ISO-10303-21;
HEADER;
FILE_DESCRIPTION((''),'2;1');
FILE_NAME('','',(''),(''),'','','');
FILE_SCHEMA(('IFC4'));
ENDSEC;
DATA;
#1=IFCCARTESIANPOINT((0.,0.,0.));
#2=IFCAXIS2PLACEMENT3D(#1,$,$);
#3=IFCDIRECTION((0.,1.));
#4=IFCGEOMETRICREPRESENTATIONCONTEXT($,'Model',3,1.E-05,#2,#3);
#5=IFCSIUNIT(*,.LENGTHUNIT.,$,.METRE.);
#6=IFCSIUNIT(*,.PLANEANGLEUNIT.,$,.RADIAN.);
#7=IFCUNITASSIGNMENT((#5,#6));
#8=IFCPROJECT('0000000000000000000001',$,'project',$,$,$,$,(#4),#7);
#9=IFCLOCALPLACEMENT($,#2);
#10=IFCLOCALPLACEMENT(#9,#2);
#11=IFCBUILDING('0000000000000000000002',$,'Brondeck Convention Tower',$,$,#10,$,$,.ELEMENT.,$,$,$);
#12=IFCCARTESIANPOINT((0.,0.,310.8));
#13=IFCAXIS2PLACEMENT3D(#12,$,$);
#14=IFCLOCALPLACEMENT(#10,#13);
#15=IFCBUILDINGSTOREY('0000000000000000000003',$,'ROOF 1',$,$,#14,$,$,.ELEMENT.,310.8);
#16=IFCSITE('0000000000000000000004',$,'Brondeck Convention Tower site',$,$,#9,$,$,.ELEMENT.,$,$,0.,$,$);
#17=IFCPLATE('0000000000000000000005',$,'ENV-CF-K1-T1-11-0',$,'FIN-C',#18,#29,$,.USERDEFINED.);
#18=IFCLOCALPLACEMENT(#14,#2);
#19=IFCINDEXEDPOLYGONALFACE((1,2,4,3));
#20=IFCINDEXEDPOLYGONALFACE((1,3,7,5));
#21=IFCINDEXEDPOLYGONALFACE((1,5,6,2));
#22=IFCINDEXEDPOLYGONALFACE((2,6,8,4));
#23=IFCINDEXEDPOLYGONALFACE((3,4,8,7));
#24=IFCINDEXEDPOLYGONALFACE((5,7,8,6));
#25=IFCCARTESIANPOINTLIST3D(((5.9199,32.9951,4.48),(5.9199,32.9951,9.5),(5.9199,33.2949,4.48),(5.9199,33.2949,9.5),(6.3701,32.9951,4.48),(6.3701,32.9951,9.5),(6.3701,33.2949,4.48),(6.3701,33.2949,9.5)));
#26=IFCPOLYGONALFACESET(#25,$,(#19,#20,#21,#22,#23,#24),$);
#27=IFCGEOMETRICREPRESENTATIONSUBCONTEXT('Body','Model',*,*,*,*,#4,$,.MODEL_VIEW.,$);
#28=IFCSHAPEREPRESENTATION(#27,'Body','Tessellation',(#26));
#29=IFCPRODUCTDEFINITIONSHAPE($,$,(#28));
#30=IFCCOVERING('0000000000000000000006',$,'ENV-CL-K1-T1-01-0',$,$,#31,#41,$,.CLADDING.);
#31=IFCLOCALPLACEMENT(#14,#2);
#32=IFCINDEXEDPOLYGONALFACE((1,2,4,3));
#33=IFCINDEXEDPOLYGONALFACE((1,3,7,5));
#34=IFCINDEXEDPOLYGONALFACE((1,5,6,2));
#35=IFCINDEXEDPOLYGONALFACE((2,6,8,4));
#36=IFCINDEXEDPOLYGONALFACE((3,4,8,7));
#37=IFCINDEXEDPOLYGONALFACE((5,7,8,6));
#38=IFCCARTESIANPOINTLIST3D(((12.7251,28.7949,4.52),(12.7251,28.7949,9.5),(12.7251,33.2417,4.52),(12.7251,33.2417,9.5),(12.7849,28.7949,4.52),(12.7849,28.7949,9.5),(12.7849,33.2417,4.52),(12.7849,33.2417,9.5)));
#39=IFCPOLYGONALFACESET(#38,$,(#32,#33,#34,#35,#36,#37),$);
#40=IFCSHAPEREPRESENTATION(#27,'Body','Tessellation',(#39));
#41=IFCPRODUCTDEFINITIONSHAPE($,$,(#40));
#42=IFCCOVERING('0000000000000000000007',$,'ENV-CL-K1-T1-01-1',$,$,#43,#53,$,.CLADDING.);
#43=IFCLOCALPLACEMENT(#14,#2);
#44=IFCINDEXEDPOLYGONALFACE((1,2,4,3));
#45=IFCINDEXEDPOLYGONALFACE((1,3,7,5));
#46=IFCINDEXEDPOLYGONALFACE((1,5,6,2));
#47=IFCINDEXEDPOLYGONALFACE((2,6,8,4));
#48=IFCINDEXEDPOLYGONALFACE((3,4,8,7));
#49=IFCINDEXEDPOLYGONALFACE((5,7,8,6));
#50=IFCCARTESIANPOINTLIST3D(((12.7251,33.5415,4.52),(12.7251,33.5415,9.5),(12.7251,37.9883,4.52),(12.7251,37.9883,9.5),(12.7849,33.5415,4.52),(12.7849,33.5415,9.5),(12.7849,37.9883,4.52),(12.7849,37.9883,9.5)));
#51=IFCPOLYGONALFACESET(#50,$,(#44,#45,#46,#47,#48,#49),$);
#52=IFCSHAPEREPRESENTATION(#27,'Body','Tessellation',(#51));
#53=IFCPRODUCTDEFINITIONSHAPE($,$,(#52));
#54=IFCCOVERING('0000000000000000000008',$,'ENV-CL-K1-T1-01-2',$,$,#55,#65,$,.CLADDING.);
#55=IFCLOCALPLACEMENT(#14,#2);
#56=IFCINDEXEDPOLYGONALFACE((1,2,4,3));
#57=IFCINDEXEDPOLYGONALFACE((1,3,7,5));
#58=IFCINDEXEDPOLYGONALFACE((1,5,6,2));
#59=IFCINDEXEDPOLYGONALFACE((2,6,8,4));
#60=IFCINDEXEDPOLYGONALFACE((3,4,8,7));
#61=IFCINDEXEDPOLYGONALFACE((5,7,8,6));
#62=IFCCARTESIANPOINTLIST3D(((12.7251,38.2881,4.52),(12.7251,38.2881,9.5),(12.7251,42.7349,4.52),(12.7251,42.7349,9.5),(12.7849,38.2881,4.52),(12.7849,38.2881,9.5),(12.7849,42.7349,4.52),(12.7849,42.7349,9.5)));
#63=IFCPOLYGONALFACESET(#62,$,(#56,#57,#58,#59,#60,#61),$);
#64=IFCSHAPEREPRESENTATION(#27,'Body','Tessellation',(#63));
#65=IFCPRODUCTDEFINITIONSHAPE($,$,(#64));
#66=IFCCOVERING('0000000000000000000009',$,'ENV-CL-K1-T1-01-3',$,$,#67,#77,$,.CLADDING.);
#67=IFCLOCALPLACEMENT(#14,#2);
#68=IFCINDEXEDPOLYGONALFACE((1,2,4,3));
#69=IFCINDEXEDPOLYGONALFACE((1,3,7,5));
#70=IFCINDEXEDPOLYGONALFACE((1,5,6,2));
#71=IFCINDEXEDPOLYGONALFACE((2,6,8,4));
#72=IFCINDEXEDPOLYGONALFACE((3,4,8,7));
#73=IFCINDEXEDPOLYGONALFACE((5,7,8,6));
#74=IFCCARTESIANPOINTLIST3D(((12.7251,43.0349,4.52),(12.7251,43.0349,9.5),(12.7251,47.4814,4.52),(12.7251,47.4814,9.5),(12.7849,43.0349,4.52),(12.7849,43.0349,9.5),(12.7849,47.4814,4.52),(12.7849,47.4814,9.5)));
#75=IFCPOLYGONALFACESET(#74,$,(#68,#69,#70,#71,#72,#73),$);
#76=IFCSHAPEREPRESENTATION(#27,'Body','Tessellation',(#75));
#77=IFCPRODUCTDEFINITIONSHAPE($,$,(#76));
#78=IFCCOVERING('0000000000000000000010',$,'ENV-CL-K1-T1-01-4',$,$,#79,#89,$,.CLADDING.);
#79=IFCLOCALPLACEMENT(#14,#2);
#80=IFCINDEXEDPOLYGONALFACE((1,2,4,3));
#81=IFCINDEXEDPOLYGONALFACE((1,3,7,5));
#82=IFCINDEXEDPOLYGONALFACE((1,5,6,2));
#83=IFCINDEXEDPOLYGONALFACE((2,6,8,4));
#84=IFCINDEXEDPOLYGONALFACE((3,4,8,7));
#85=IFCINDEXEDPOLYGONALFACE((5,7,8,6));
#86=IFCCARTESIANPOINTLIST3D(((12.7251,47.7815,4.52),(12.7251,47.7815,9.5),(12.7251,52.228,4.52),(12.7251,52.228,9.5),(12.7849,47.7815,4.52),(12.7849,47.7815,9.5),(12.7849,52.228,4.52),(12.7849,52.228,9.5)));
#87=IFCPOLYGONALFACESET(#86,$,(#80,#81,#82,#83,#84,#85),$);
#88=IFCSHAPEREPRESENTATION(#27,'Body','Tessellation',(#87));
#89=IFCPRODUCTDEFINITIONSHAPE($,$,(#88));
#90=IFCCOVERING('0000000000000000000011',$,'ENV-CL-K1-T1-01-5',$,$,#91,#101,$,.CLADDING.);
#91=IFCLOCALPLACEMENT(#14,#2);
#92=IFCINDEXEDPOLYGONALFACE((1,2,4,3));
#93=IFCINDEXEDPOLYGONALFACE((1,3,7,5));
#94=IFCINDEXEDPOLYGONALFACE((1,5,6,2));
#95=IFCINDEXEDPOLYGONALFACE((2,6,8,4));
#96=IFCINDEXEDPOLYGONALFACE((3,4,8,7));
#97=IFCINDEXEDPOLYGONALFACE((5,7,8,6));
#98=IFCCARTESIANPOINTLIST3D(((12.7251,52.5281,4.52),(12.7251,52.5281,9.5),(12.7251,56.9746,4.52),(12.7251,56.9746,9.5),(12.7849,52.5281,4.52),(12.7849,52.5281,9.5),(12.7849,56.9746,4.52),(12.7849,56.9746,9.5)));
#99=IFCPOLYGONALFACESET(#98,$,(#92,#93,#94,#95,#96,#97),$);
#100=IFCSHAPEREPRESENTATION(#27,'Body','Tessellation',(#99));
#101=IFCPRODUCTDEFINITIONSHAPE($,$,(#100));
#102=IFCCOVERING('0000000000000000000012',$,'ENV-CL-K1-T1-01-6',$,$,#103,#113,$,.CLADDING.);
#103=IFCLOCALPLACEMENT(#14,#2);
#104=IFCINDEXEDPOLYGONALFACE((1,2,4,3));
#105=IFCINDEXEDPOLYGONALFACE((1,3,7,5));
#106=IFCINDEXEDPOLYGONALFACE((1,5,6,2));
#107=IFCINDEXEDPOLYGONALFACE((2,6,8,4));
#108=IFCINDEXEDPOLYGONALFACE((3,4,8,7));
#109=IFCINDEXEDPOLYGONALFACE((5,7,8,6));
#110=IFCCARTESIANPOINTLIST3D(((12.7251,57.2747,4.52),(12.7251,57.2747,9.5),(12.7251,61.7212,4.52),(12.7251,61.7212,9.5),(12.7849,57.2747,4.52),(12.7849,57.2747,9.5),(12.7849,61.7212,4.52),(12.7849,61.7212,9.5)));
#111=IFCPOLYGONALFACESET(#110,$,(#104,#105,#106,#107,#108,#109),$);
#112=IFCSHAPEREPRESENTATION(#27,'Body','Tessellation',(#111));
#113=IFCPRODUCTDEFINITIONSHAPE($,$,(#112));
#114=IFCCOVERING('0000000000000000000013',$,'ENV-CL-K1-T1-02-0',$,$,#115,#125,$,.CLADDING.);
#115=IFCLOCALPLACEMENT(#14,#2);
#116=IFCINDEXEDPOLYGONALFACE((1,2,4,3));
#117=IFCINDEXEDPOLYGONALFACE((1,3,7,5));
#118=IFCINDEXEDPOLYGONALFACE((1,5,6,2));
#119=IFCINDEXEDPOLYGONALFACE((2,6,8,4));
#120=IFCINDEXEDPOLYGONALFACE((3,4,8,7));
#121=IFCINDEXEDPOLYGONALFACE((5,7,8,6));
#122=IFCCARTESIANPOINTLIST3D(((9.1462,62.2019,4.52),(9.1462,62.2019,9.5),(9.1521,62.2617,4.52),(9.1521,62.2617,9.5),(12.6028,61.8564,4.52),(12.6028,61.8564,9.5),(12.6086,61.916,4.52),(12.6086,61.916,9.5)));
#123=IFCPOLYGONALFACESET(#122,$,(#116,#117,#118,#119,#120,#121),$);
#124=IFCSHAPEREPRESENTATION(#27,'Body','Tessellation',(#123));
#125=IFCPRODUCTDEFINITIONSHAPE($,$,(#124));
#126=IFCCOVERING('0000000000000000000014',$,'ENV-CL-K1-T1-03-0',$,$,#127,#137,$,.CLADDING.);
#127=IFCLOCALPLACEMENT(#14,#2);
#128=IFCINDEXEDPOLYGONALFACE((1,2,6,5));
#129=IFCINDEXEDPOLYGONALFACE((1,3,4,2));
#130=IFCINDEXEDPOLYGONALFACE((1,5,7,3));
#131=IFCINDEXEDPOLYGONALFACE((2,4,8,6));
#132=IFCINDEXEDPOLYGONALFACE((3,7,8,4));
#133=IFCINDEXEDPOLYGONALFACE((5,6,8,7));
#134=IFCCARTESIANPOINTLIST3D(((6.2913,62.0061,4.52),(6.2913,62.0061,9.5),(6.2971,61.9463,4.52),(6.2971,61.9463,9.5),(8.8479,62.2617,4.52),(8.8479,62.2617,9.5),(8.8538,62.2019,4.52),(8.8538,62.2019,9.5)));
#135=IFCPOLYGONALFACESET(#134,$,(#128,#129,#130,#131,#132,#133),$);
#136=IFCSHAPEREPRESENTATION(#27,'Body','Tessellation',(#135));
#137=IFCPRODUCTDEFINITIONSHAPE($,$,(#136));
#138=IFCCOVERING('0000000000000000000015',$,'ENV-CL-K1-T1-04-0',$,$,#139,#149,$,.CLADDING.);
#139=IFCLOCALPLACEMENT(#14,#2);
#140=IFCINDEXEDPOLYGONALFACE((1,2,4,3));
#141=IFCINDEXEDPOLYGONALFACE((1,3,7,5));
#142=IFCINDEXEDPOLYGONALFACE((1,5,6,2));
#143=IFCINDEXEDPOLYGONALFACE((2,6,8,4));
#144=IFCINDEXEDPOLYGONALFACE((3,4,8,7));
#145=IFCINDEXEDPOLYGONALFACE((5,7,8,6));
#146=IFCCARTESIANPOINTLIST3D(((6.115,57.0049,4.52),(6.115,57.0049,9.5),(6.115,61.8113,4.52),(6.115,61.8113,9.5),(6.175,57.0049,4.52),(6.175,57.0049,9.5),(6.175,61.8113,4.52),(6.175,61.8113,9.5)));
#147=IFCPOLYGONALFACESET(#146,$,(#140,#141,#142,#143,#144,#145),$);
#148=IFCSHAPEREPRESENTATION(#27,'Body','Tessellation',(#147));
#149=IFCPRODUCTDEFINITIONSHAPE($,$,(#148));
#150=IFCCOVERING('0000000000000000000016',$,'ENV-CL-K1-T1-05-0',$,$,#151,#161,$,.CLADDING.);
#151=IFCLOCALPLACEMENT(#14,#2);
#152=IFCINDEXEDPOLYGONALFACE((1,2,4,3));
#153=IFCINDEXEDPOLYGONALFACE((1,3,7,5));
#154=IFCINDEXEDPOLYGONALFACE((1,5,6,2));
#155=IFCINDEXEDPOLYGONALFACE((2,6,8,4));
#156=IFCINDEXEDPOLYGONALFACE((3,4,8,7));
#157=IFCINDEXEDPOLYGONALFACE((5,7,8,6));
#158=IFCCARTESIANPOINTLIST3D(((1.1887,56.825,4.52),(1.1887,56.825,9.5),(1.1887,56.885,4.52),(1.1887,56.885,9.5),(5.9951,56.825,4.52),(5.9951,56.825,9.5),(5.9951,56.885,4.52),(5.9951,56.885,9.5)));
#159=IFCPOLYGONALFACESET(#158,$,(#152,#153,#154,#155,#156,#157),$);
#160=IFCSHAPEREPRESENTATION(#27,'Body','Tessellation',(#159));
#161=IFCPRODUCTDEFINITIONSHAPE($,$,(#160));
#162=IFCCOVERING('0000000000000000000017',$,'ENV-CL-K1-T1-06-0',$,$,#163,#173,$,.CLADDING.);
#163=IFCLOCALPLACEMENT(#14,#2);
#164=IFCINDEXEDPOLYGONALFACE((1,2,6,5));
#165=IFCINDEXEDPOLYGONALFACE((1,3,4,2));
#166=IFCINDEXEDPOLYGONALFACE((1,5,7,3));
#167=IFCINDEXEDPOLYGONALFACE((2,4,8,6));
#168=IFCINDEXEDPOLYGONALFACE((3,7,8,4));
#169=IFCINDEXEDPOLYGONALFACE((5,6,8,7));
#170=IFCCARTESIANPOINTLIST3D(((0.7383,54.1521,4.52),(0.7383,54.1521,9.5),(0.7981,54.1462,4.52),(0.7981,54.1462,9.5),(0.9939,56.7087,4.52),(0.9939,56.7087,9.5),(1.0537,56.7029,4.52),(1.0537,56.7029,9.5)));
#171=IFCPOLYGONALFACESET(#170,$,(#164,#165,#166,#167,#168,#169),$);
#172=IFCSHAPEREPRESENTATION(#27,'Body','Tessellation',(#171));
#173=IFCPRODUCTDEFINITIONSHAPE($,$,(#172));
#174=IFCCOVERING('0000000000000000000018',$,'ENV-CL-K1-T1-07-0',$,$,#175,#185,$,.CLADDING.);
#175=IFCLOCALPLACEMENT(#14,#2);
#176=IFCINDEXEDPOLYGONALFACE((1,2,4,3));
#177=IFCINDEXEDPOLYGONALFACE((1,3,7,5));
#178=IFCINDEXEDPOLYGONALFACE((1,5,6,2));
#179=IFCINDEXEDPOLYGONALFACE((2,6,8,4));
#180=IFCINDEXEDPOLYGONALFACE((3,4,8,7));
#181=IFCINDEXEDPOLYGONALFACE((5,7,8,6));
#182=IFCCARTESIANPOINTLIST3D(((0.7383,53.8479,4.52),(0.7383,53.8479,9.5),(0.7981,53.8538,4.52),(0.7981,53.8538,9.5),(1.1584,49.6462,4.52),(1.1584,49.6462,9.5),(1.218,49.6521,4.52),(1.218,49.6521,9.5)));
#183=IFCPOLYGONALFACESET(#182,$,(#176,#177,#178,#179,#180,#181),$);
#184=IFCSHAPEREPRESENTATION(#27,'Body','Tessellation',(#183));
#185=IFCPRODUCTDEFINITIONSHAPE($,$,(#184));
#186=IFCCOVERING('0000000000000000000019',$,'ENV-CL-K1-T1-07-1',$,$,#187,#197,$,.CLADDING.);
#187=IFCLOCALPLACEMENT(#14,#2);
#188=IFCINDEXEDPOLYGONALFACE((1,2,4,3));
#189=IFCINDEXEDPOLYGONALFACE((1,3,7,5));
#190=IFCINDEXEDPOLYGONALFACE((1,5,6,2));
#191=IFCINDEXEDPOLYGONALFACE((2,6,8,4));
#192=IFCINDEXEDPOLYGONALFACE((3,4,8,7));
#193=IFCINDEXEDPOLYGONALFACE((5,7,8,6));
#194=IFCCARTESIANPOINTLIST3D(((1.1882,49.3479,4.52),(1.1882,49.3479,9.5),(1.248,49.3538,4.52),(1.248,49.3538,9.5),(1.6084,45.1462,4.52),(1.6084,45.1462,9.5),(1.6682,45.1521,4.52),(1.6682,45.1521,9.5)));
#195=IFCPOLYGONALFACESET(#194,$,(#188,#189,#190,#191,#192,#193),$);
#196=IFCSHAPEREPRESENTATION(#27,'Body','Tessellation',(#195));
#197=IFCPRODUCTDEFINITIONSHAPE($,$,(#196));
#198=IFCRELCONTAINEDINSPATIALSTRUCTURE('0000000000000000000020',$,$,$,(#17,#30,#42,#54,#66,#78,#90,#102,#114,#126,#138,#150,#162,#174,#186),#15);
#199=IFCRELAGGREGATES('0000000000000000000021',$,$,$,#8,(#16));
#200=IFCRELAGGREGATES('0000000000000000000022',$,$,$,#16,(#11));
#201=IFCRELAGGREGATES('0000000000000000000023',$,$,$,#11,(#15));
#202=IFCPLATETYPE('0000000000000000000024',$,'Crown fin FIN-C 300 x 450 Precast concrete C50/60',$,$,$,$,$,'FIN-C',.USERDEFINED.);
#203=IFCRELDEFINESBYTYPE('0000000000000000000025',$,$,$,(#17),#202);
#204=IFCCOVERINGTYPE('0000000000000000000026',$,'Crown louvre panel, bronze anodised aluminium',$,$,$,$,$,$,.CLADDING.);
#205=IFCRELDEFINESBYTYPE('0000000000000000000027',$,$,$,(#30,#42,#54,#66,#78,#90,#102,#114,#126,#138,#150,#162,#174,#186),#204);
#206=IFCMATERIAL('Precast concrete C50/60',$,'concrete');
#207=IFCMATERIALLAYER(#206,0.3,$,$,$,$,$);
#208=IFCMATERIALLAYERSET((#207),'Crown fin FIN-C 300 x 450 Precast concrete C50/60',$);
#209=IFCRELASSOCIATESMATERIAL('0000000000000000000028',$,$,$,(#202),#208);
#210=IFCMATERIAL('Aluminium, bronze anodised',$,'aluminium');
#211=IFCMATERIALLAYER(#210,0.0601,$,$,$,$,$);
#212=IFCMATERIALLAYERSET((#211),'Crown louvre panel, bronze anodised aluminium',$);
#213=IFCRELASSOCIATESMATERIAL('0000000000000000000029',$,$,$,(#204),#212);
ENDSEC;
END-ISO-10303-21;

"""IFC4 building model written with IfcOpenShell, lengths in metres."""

from ifc_helpers import new_model, si_unit, direction, frame, origin, place, context, subcontext, project, spatial, polyline, outline, extrude, material, layer, layer_set, type_object, element, save


model = new_model("IFC4")

# Units and contexts
model_context = context("Model", 3, precision=1e-05, world=origin(), true_north=direction((0.0, 1.0)))
body_context = subcontext(model_context, "Body", "Model", "MODEL_VIEW")
ifc_project = project(units=[si_unit("LENGTHUNIT", "METRE"), si_unit("PLANEANGLEUNIT", "RADIAN")], contexts=[model_context])

# Site, building, storey
site_placement = place(None, origin())
site = spatial("IfcSite", under=ifc_project, at=site_placement, Name="Brondeck Convention Tower site", CompositionType="ELEMENT", RefElevation=0.0)
building_placement = place(site_placement, origin())
building = spatial("IfcBuilding", under=site, at=building_placement, Name="Brondeck Convention Tower", CompositionType="ELEMENT")
storey_placement = place(building_placement, frame((0.0, 0.0, 310.8)))
storey = spatial("IfcBuildingStorey", under=building, at=storey_placement, Name="ROOF 1", CompositionType="ELEMENT", Elevation=310.8)

# Plate
ifc_material_1 = material(Name="Precast concrete C50/60", Category="concrete")
ifc_layer_1 = layer(ifc_material_1, 0.3)
ifc_layer_set_1 = layer_set([ifc_layer_1], Name="Crown fin FIN-C 300 x 450 Precast concrete C50/60")
plate_type = type_object("IfcPlateType", Name="Crown fin FIN-C 300 x 450 Precast concrete C50/60", ElementType="FIN-C", PredefinedType="USERDEFINED", material=ifc_layer_set_1)
plate_1_placement = place(storey_placement, frame((0.0, 0.0, 4.48)))
element("IfcPlate", 1, at=plate_1_placement, inside=storey, type_object=plate_type, Name="ENV-CF-K1-T1-11-0", ObjectType="FIN-C", PredefinedType="USERDEFINED", context=body_context, shape_type="SweptSolid", body=[
    extrude(outline(polyline([(6.3701, 32.9951), (6.3701, 33.2949), (5.9199, 33.2949), (5.9199, 32.9951), (6.3701, 32.9951)])), origin(), (0.0, 0.0, 1.0), 5.02),
])

# Coverings
ifc_material_2 = material(Name="Aluminium, bronze anodised", Category="aluminium")
ifc_layer_2 = layer(ifc_material_2, 0.0601)
ifc_layer_set_2 = layer_set([ifc_layer_2], Name="Crown louvre panel, bronze anodised aluminium")
covering_type = type_object("IfcCoveringType", Name="Crown louvre panel, bronze anodised aluminium", PredefinedType="CLADDING", material=ifc_layer_set_2)
covering_1_placement = place(storey_placement, frame((0.0, 0.0, 4.52)))
element("IfcCovering", 2, at=covering_1_placement, inside=storey, type_object=covering_type, Name="ENV-CL-K1-T1-01-0", PredefinedType="CLADDING", context=body_context, shape_type="SweptSolid", body=[
    extrude(outline(polyline([(12.7251, 33.2417), (12.7251, 28.7949), (12.7849, 28.7949), (12.7849, 33.2417), (12.7251, 33.2417)])), origin(), (0.0, 0.0, 1.0), 4.98),
])
covering_2_placement = place(storey_placement, frame((0.0, 0.0, 4.52)))
element("IfcCovering", 3, at=covering_2_placement, inside=storey, type_object=covering_type, Name="ENV-CL-K1-T1-01-1", PredefinedType="CLADDING", context=body_context, shape_type="SweptSolid", body=[
    extrude(outline(polyline([(12.7251, 37.9883), (12.7251, 33.5415), (12.7849, 33.5415), (12.7849, 37.9883), (12.7251, 37.9883)])), origin(), (0.0, 0.0, 1.0), 4.98),
])
covering_3_placement = place(storey_placement, frame((0.0, 0.0, 4.52)))
element("IfcCovering", 4, at=covering_3_placement, inside=storey, type_object=covering_type, Name="ENV-CL-K1-T1-01-2", PredefinedType="CLADDING", context=body_context, shape_type="SweptSolid", body=[
    extrude(outline(polyline([(12.7251, 42.7349), (12.7251, 38.2881), (12.7849, 38.2881), (12.7849, 42.7349), (12.7251, 42.7349)])), origin(), (0.0, 0.0, 1.0), 4.98),
])
covering_4_placement = place(storey_placement, frame((0.0, 0.0, 4.52)))
element("IfcCovering", 5, at=covering_4_placement, inside=storey, type_object=covering_type, Name="ENV-CL-K1-T1-01-3", PredefinedType="CLADDING", context=body_context, shape_type="SweptSolid", body=[
    extrude(outline(polyline([(12.7251, 47.4814), (12.7251, 43.0349), (12.7849, 43.0349), (12.7849, 47.4814), (12.7251, 47.4814)])), origin(), (0.0, 0.0, 1.0), 4.98),
])
covering_5_placement = place(storey_placement, frame((0.0, 0.0, 4.52)))
element("IfcCovering", 6, at=covering_5_placement, inside=storey, type_object=covering_type, Name="ENV-CL-K1-T1-01-4", PredefinedType="CLADDING", context=body_context, shape_type="SweptSolid", body=[
    extrude(outline(polyline([(12.7251, 52.228), (12.7251, 47.7815), (12.7849, 47.7815), (12.7849, 52.228), (12.7251, 52.228)])), origin(), (0.0, 0.0, 1.0), 4.98),
])
covering_6_placement = place(storey_placement, frame((0.0, 0.0, 4.52)))
element("IfcCovering", 7, at=covering_6_placement, inside=storey, type_object=covering_type, Name="ENV-CL-K1-T1-01-5", PredefinedType="CLADDING", context=body_context, shape_type="SweptSolid", body=[
    extrude(outline(polyline([(12.7251, 56.9746), (12.7251, 52.5281), (12.7849, 52.5281), (12.7849, 56.9746), (12.7251, 56.9746)])), origin(), (0.0, 0.0, 1.0), 4.98),
])
covering_7_placement = place(storey_placement, frame((0.0, 0.0, 4.52)))
element("IfcCovering", 8, at=covering_7_placement, inside=storey, type_object=covering_type, Name="ENV-CL-K1-T1-01-6", PredefinedType="CLADDING", context=body_context, shape_type="SweptSolid", body=[
    extrude(outline(polyline([(12.7251, 61.7212), (12.7251, 57.2747), (12.7849, 57.2747), (12.7849, 61.7212), (12.7251, 61.7212)])), origin(), (0.0, 0.0, 1.0), 4.98),
])
covering_8_placement = place(storey_placement, frame((0.0, 0.0, 4.52)))
element("IfcCovering", 9, at=covering_8_placement, inside=storey, type_object=covering_type, Name="ENV-CL-K1-T1-02-0", PredefinedType="CLADDING", context=body_context, shape_type="SweptSolid", body=[
    extrude(outline(polyline([(9.1462, 62.2019), (12.6028, 61.8564), (12.6086, 61.916), (9.1521, 62.2617), (9.1462, 62.2019)])), origin(), (0.0, 0.0, 1.0), 4.98),
])
covering_9_placement = place(storey_placement, frame((0.0, 0.0, 4.52)))
element("IfcCovering", 10, at=covering_9_placement, inside=storey, type_object=covering_type, Name="ENV-CL-K1-T1-03-0", PredefinedType="CLADDING", context=body_context, shape_type="SweptSolid", body=[
    extrude(outline(polyline([(6.2971, 61.9463), (8.8538, 62.2019), (8.8479, 62.2617), (6.2913, 62.0061), (6.2971, 61.9463)])), origin(), (0.0, 0.0, 1.0), 4.98),
])
covering_10_placement = place(storey_placement, frame((0.0, 0.0, 4.52)))
element("IfcCovering", 11, at=covering_10_placement, inside=storey, type_object=covering_type, Name="ENV-CL-K1-T1-04-0", PredefinedType="CLADDING", context=body_context, shape_type="SweptSolid", body=[
    extrude(outline(polyline([(6.175, 57.0049), (6.175, 61.8113), (6.115, 61.8113), (6.115, 57.0049), (6.175, 57.0049)])), origin(), (0.0, 0.0, 1.0), 4.98),
])
covering_11_placement = place(storey_placement, frame((0.0, 0.0, 4.52)))
element("IfcCovering", 12, at=covering_11_placement, inside=storey, type_object=covering_type, Name="ENV-CL-K1-T1-05-0", PredefinedType="CLADDING", context=body_context, shape_type="SweptSolid", body=[
    extrude(outline(polyline([(1.1887, 56.825), (5.9951, 56.825), (5.9951, 56.885), (1.1887, 56.885), (1.1887, 56.825)])), origin(), (0.0, 0.0, 1.0), 4.98),
])
covering_12_placement = place(storey_placement, frame((0.0, 0.0, 4.52)))
element("IfcCovering", 13, at=covering_12_placement, inside=storey, type_object=covering_type, Name="ENV-CL-K1-T1-06-0", PredefinedType="CLADDING", context=body_context, shape_type="SweptSolid", body=[
    extrude(outline(polyline([(0.7981, 54.1462), (1.0537, 56.7029), (0.9939, 56.7087), (0.7383, 54.1521), (0.7981, 54.1462)])), origin(), (0.0, 0.0, 1.0), 4.98),
])
covering_13_placement = place(storey_placement, frame((0.0, 0.0, 4.52)))
element("IfcCovering", 14, at=covering_13_placement, inside=storey, type_object=covering_type, Name="ENV-CL-K1-T1-07-0", PredefinedType="CLADDING", context=body_context, shape_type="SweptSolid", body=[
    extrude(outline(polyline([(1.218, 49.6521), (0.7981, 53.8538), (0.7383, 53.8479), (1.1584, 49.6462), (1.218, 49.6521)])), origin(), (0.0, 0.0, 1.0), 4.98),
])
covering_14_placement = place(storey_placement, frame((0.0, 0.0, 4.52)))
element("IfcCovering", 15, at=covering_14_placement, inside=storey, type_object=covering_type, Name="ENV-CL-K1-T1-07-1", PredefinedType="CLADDING", context=body_context, shape_type="SweptSolid", body=[
    extrude(outline(polyline([(1.6682, 45.1521), (1.248, 49.3538), (1.1882, 49.3479), (1.6084, 45.1462), (1.6682, 45.1521)])), origin(), (0.0, 0.0, 1.0), 4.98),
])

save(model, "model.ifc")
